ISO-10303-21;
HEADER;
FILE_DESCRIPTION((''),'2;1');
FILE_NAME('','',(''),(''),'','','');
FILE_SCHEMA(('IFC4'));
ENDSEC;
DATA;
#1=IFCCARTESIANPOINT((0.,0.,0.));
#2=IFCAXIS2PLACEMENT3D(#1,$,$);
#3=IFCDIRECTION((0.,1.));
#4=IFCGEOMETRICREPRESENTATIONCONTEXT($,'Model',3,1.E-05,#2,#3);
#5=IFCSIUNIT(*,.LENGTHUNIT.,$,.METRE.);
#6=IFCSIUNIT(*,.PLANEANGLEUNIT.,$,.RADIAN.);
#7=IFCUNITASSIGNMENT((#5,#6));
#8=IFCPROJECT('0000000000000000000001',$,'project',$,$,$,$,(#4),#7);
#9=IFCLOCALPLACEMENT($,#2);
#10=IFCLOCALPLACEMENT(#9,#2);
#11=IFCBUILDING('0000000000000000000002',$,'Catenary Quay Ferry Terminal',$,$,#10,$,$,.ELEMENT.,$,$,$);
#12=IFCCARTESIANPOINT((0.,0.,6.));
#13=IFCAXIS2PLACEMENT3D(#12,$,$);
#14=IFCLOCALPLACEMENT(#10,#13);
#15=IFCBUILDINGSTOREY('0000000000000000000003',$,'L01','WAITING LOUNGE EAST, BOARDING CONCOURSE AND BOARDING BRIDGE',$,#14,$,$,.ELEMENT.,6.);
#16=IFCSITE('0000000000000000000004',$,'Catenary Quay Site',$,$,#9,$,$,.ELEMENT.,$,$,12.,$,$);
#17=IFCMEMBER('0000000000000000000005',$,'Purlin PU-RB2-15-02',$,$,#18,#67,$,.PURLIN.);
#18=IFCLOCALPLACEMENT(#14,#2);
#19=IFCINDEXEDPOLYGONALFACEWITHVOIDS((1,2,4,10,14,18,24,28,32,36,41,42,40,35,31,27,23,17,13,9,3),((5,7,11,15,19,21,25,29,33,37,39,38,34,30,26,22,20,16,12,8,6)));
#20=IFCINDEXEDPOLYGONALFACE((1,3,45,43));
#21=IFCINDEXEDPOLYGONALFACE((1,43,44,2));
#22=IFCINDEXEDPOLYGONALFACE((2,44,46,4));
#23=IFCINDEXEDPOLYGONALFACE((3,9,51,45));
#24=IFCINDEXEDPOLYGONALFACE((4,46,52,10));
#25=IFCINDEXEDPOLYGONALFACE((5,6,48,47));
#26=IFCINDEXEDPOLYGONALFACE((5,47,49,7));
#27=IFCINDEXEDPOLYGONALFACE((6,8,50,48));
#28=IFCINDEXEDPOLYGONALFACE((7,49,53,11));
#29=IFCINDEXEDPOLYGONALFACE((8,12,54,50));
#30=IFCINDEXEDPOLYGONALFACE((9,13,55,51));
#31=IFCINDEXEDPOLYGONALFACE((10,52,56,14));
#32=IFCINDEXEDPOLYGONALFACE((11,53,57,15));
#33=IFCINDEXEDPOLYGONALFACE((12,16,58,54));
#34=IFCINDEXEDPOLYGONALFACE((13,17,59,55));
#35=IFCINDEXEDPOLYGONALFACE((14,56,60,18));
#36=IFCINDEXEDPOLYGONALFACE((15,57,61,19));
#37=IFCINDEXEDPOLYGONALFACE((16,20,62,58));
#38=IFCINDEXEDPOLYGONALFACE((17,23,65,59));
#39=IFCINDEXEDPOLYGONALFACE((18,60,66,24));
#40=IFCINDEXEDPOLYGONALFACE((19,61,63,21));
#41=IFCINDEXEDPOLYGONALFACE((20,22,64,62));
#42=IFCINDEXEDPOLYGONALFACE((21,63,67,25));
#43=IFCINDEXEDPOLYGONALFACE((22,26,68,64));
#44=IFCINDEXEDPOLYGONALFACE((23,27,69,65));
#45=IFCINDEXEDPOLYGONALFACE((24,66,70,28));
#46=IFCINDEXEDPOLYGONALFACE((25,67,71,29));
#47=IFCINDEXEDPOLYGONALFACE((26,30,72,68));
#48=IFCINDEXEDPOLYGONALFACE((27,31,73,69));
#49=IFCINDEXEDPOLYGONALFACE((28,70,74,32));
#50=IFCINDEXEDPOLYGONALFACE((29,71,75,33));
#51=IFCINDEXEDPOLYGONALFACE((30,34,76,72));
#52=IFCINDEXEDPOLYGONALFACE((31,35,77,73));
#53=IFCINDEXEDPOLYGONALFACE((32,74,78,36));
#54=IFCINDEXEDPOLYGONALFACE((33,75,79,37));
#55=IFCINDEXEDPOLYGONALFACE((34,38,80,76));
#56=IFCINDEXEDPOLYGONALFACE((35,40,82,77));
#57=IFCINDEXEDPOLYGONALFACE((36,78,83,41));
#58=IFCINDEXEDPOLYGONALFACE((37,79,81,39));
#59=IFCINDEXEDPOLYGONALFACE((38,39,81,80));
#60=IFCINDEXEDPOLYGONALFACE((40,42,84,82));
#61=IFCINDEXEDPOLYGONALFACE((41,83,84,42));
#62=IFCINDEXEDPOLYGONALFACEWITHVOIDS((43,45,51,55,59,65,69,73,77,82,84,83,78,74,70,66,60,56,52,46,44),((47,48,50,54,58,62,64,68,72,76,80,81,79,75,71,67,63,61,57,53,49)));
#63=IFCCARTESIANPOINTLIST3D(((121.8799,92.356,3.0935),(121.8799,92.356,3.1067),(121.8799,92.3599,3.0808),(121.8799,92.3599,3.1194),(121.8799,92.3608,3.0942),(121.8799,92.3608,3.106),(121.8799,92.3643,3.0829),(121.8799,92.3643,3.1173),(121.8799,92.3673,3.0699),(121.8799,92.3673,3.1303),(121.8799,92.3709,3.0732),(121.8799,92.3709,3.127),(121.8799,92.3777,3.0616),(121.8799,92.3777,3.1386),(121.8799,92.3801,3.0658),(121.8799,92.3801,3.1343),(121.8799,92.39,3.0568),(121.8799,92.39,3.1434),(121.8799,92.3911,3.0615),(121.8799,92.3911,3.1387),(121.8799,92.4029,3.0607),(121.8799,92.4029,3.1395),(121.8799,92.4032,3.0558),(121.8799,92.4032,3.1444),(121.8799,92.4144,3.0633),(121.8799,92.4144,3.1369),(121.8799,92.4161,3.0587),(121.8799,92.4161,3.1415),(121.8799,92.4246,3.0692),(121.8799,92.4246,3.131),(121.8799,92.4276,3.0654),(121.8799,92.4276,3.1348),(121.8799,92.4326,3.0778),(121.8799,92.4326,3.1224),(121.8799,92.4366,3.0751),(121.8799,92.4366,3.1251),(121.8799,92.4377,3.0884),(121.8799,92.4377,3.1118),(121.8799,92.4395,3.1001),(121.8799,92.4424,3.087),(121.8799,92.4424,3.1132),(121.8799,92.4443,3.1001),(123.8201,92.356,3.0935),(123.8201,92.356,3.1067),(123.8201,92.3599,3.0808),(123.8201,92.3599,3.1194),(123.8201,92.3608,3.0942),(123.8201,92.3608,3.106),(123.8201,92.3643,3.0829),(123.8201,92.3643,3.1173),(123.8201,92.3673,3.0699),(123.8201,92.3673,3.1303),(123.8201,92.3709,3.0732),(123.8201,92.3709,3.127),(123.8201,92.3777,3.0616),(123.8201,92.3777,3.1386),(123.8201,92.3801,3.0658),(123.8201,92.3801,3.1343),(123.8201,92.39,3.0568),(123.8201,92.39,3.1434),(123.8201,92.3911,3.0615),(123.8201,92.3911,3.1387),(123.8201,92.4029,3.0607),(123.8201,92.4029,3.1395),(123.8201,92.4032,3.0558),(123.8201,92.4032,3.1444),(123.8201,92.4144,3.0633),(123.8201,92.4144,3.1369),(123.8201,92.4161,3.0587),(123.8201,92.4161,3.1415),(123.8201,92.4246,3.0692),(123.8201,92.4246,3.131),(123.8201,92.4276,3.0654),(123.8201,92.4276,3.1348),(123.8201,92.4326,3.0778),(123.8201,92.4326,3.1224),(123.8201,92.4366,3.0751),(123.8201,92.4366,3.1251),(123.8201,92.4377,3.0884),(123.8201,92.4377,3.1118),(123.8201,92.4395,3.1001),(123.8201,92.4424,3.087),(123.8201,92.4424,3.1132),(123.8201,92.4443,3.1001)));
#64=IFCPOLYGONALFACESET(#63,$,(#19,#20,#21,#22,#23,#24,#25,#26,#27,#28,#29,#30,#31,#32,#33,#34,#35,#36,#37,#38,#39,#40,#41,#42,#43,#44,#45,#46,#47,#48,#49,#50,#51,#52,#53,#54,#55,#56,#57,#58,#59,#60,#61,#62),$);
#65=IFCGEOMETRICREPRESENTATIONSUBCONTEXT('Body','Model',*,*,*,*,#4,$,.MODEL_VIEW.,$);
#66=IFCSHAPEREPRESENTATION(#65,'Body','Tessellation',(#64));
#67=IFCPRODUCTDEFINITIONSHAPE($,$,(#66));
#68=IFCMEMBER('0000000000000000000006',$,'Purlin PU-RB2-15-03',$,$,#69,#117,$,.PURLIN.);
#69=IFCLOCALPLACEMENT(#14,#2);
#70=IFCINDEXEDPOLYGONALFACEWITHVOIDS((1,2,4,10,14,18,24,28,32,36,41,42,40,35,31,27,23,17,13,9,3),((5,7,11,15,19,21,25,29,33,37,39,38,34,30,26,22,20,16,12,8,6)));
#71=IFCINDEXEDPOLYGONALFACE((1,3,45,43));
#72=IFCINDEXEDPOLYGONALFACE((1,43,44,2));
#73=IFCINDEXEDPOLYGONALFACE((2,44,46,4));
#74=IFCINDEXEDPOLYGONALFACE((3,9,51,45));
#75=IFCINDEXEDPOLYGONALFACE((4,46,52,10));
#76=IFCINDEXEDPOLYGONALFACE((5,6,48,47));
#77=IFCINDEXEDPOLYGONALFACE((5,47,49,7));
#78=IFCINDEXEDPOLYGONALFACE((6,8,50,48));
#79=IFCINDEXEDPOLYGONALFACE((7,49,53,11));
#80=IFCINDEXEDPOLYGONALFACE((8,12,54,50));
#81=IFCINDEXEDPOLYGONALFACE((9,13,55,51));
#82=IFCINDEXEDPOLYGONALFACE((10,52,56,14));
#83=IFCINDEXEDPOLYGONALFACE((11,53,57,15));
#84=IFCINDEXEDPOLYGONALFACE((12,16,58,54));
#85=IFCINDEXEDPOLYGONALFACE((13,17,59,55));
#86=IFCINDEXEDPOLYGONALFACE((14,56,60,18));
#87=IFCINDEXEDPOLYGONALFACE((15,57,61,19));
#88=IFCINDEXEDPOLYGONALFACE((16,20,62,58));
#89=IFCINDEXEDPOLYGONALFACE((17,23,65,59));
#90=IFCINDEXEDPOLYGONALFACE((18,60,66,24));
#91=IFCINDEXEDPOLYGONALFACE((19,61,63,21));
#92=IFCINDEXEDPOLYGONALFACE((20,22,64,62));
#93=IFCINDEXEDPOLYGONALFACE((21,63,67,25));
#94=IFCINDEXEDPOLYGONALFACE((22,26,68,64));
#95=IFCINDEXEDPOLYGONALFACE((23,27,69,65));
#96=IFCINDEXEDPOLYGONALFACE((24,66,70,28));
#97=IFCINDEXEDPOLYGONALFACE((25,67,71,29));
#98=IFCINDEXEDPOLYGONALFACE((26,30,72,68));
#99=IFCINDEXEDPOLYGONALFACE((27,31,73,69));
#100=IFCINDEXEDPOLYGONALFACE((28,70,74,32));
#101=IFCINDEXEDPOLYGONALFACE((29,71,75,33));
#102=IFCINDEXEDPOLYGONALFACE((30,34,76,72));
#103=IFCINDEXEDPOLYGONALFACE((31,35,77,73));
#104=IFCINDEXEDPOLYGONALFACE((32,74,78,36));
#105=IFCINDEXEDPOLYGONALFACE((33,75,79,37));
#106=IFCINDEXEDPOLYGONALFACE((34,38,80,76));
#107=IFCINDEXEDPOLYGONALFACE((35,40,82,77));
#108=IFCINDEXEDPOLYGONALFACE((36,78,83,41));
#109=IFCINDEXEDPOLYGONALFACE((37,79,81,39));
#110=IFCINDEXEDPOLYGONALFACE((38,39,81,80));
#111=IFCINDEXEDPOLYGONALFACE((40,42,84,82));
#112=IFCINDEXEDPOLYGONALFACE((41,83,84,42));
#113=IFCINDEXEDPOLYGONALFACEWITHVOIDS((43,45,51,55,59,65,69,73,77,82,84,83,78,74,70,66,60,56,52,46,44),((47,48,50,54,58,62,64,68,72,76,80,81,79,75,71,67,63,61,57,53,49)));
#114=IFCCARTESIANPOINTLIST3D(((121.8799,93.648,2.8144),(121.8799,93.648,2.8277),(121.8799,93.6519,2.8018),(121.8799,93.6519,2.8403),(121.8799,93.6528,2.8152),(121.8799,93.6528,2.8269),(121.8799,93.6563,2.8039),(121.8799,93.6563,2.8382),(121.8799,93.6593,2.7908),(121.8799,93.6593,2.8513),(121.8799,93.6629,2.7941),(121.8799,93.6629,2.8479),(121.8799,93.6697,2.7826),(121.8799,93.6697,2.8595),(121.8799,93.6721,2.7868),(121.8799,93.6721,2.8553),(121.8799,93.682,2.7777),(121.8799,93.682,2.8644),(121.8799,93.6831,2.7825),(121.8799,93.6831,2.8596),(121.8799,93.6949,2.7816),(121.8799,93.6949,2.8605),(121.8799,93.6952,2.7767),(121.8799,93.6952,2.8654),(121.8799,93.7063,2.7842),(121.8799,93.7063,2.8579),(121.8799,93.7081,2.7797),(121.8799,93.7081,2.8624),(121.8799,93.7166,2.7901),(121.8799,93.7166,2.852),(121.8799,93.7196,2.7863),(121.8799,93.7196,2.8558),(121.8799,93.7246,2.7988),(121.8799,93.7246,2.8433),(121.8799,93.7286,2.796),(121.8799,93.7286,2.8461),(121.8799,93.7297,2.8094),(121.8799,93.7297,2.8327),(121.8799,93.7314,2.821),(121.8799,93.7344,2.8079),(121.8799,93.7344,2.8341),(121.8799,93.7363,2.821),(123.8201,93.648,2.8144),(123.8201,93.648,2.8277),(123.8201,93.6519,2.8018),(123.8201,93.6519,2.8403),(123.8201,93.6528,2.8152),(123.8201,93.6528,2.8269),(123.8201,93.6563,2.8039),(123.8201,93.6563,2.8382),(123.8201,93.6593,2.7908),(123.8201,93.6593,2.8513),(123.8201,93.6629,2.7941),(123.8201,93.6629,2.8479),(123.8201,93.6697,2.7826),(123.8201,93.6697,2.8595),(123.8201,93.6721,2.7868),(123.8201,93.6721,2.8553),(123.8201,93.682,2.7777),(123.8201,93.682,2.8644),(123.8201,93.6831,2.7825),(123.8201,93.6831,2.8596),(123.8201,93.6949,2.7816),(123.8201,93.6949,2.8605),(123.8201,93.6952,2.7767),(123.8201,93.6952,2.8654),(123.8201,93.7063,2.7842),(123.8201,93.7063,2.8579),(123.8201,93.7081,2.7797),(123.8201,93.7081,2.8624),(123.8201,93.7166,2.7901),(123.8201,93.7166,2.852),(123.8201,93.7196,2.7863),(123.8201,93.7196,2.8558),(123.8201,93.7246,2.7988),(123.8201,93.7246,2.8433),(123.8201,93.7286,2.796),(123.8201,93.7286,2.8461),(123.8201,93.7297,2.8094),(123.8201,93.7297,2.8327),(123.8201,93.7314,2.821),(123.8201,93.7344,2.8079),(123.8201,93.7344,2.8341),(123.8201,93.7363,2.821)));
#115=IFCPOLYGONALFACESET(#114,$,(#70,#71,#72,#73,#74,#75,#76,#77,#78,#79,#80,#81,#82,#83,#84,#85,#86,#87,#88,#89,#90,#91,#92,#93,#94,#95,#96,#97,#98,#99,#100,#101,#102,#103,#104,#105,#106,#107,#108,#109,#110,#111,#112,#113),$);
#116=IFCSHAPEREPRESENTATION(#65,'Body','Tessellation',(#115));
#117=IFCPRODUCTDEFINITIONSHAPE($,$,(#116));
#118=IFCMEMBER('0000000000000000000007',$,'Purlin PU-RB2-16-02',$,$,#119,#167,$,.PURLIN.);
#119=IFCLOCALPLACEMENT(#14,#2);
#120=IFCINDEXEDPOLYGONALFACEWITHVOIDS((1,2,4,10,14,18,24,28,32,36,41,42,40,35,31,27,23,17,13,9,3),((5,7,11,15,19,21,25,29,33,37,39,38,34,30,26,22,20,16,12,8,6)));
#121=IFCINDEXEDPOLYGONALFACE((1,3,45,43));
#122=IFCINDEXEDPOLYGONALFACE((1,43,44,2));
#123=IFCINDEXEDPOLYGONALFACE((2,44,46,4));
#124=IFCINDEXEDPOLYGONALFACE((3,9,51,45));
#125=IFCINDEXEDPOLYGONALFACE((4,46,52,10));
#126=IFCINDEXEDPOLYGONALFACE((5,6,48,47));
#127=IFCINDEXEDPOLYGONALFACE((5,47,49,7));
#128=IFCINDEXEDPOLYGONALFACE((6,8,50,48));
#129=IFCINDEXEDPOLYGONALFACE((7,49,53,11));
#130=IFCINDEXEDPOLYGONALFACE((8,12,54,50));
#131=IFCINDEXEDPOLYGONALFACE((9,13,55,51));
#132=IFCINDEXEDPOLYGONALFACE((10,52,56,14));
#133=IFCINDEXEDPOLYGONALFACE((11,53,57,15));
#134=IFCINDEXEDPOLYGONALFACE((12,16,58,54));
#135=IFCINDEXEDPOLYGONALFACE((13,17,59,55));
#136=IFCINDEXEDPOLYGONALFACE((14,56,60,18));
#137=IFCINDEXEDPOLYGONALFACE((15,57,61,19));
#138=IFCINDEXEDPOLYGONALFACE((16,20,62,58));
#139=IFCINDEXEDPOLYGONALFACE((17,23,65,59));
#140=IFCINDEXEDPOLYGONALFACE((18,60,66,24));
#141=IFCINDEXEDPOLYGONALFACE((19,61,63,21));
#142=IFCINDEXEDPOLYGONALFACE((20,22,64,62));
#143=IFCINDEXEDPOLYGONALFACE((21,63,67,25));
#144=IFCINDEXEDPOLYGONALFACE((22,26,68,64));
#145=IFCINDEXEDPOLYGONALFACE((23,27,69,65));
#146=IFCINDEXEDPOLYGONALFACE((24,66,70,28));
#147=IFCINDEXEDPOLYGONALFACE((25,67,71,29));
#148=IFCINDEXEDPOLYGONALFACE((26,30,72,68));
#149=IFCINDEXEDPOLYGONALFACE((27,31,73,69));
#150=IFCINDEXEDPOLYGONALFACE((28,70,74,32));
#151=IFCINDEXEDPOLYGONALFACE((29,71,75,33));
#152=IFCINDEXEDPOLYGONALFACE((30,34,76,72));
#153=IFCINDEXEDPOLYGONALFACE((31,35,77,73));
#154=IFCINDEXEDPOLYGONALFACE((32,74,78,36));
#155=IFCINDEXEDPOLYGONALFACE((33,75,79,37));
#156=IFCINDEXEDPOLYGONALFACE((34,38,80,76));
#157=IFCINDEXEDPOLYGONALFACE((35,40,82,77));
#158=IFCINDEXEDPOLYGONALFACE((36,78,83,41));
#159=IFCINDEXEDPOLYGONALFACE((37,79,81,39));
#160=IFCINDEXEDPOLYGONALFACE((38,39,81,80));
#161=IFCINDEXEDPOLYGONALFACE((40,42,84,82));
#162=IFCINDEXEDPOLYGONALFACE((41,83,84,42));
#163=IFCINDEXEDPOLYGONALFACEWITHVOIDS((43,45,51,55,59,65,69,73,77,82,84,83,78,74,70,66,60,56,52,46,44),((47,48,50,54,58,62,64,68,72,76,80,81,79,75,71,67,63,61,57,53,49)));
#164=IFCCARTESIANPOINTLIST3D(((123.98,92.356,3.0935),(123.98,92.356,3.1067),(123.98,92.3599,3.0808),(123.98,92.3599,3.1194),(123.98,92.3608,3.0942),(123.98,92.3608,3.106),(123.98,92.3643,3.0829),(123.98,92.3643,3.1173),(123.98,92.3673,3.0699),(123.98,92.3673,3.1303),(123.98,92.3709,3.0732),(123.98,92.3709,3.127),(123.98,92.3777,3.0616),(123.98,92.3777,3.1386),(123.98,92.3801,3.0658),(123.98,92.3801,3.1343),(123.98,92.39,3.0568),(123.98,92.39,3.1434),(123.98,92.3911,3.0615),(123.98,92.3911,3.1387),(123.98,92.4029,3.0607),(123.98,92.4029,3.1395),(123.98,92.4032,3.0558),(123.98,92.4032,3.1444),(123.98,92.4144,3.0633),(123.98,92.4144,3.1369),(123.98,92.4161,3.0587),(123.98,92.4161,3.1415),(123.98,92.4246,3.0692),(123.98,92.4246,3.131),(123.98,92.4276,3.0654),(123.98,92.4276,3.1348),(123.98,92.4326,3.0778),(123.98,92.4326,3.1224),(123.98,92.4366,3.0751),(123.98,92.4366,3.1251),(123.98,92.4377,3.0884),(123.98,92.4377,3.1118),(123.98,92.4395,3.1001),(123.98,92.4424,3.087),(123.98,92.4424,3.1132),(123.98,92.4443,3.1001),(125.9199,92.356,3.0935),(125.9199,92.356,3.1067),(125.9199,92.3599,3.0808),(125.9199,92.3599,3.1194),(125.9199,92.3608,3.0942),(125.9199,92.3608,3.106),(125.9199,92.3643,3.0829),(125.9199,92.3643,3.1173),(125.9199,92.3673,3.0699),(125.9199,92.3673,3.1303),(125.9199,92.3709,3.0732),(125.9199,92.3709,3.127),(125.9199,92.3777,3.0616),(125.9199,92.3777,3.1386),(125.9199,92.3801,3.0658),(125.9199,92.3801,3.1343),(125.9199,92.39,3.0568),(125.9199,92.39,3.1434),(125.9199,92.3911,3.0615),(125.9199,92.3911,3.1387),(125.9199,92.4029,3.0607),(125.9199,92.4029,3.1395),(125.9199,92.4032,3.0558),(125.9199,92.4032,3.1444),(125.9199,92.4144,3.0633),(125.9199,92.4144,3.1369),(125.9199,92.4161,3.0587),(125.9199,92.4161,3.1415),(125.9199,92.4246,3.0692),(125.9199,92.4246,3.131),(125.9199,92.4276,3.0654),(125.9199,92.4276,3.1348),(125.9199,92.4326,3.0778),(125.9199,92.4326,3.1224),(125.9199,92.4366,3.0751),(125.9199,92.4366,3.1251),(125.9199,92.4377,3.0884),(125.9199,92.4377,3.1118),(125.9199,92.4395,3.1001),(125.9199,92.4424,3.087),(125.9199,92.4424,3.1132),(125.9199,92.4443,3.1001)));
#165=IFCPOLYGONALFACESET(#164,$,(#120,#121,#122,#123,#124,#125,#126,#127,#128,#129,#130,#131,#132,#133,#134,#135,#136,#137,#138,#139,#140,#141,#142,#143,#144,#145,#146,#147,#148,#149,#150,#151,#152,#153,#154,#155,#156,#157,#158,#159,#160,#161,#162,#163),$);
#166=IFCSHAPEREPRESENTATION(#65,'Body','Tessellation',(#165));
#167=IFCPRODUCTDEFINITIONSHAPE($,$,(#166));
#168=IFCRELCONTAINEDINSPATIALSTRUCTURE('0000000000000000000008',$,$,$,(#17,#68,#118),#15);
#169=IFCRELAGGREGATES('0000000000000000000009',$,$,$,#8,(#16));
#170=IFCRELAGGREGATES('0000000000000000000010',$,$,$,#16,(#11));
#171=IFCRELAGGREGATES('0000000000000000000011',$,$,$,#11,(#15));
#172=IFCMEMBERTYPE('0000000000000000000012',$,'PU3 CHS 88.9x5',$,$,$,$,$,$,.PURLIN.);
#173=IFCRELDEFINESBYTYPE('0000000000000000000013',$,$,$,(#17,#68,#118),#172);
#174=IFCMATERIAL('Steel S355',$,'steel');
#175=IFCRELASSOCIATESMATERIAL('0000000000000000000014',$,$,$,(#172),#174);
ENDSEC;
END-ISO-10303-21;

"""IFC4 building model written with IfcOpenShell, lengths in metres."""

from ifc_helpers import new_model, si_unit, direction, frame, origin, origin_2d, place, context, subcontext, project, spatial, hollow_circle, extrude, material, material_profile, profile_set, type_object, element, save


model = new_model("IFC4")

# Units and contexts
model_context = context("Model", 3, precision=1e-05, world=origin(), true_north=direction((0.0, 1.0)))
body_context = subcontext(model_context, "Body", "Model", "MODEL_VIEW")
ifc_project = project(units=[si_unit("LENGTHUNIT", "METRE"), si_unit("PLANEANGLEUNIT", "RADIAN")], contexts=[model_context])

# Site, building, storey
site_placement = place(None, origin())
site = spatial("IfcSite", under=ifc_project, at=site_placement, Name="Catenary Quay Site", CompositionType="ELEMENT", RefElevation=12.0)
building_placement = place(site_placement, origin())
building = spatial("IfcBuilding", under=site, at=building_placement, Name="Catenary Quay Ferry Terminal", CompositionType="ELEMENT")
storey_placement = place(building_placement, frame((0.0, 0.0, 6.0)))
storey = spatial("IfcBuildingStorey", under=building, at=storey_placement, Name="L01", Description="WAITING LOUNGE EAST, BOARDING CONCOURSE AND BOARDING BRIDGE", CompositionType="ELEMENT", Elevation=6.0)

# Members
ifc_material_1 = material(Name="Steel S355", Category="steel")
ifc_material_profile_1 = material_profile(ifc_material_1, hollow_circle(Radius=0.0444, WallThickness=0.0049, at=origin_2d()), Name="CHS 88.9x5")
ifc_profile_set_1 = profile_set([ifc_material_profile_1], Name="Steel S355")
member_type_1 = type_object("IfcMemberType", Name="PU3 CHS 88.9x5", PredefinedType="PURLIN", material=ifc_profile_set_1)
for number, where, z_axis, x_axis, name in (
    (1, (121.8799, 92.3999, 3.1001), (1.0, 0.0, 0.0), (0.0, 1.0, 0.0), "Purlin PU-RB2-15-02"),
    (2, (121.8799, 93.6919, 2.821), (1.0, 0.0, 0.0), (0.0, 1.0, 0.0), "Purlin PU-RB2-15-03"),
):
    element("IfcMember", number, at=place(storey_placement, frame(where, z_axis=z_axis, x_axis=x_axis)), inside=storey, type_object=member_type_1, Name=name, PredefinedType="PURLIN", context=body_context, shape_type="SweptSolid", body=[
        extrude(hollow_circle(Radius=0.0444, WallThickness=0.0049, at=origin_2d()), origin(), (0.0, 0.0, 1.0), 1.9402),
    ])
for number, where, z_axis, x_axis, name in (
    (3, (123.98, 92.3999, 3.1001), (1.0, 0.0, 0.0), (0.0, 1.0, 0.0), "Purlin PU-RB2-16-02"),
):
    element("IfcMember", number, at=place(storey_placement, frame(where, z_axis=z_axis, x_axis=x_axis)), inside=storey, type_object=member_type_1, Name=name, PredefinedType="PURLIN", context=body_context, shape_type="SweptSolid", body=[
        extrude(hollow_circle(Radius=0.0444, WallThickness=0.0049, at=origin_2d()), origin(), (0.0, 0.0, 1.0), 1.9399),
    ])

save(model, "model.ifc")
